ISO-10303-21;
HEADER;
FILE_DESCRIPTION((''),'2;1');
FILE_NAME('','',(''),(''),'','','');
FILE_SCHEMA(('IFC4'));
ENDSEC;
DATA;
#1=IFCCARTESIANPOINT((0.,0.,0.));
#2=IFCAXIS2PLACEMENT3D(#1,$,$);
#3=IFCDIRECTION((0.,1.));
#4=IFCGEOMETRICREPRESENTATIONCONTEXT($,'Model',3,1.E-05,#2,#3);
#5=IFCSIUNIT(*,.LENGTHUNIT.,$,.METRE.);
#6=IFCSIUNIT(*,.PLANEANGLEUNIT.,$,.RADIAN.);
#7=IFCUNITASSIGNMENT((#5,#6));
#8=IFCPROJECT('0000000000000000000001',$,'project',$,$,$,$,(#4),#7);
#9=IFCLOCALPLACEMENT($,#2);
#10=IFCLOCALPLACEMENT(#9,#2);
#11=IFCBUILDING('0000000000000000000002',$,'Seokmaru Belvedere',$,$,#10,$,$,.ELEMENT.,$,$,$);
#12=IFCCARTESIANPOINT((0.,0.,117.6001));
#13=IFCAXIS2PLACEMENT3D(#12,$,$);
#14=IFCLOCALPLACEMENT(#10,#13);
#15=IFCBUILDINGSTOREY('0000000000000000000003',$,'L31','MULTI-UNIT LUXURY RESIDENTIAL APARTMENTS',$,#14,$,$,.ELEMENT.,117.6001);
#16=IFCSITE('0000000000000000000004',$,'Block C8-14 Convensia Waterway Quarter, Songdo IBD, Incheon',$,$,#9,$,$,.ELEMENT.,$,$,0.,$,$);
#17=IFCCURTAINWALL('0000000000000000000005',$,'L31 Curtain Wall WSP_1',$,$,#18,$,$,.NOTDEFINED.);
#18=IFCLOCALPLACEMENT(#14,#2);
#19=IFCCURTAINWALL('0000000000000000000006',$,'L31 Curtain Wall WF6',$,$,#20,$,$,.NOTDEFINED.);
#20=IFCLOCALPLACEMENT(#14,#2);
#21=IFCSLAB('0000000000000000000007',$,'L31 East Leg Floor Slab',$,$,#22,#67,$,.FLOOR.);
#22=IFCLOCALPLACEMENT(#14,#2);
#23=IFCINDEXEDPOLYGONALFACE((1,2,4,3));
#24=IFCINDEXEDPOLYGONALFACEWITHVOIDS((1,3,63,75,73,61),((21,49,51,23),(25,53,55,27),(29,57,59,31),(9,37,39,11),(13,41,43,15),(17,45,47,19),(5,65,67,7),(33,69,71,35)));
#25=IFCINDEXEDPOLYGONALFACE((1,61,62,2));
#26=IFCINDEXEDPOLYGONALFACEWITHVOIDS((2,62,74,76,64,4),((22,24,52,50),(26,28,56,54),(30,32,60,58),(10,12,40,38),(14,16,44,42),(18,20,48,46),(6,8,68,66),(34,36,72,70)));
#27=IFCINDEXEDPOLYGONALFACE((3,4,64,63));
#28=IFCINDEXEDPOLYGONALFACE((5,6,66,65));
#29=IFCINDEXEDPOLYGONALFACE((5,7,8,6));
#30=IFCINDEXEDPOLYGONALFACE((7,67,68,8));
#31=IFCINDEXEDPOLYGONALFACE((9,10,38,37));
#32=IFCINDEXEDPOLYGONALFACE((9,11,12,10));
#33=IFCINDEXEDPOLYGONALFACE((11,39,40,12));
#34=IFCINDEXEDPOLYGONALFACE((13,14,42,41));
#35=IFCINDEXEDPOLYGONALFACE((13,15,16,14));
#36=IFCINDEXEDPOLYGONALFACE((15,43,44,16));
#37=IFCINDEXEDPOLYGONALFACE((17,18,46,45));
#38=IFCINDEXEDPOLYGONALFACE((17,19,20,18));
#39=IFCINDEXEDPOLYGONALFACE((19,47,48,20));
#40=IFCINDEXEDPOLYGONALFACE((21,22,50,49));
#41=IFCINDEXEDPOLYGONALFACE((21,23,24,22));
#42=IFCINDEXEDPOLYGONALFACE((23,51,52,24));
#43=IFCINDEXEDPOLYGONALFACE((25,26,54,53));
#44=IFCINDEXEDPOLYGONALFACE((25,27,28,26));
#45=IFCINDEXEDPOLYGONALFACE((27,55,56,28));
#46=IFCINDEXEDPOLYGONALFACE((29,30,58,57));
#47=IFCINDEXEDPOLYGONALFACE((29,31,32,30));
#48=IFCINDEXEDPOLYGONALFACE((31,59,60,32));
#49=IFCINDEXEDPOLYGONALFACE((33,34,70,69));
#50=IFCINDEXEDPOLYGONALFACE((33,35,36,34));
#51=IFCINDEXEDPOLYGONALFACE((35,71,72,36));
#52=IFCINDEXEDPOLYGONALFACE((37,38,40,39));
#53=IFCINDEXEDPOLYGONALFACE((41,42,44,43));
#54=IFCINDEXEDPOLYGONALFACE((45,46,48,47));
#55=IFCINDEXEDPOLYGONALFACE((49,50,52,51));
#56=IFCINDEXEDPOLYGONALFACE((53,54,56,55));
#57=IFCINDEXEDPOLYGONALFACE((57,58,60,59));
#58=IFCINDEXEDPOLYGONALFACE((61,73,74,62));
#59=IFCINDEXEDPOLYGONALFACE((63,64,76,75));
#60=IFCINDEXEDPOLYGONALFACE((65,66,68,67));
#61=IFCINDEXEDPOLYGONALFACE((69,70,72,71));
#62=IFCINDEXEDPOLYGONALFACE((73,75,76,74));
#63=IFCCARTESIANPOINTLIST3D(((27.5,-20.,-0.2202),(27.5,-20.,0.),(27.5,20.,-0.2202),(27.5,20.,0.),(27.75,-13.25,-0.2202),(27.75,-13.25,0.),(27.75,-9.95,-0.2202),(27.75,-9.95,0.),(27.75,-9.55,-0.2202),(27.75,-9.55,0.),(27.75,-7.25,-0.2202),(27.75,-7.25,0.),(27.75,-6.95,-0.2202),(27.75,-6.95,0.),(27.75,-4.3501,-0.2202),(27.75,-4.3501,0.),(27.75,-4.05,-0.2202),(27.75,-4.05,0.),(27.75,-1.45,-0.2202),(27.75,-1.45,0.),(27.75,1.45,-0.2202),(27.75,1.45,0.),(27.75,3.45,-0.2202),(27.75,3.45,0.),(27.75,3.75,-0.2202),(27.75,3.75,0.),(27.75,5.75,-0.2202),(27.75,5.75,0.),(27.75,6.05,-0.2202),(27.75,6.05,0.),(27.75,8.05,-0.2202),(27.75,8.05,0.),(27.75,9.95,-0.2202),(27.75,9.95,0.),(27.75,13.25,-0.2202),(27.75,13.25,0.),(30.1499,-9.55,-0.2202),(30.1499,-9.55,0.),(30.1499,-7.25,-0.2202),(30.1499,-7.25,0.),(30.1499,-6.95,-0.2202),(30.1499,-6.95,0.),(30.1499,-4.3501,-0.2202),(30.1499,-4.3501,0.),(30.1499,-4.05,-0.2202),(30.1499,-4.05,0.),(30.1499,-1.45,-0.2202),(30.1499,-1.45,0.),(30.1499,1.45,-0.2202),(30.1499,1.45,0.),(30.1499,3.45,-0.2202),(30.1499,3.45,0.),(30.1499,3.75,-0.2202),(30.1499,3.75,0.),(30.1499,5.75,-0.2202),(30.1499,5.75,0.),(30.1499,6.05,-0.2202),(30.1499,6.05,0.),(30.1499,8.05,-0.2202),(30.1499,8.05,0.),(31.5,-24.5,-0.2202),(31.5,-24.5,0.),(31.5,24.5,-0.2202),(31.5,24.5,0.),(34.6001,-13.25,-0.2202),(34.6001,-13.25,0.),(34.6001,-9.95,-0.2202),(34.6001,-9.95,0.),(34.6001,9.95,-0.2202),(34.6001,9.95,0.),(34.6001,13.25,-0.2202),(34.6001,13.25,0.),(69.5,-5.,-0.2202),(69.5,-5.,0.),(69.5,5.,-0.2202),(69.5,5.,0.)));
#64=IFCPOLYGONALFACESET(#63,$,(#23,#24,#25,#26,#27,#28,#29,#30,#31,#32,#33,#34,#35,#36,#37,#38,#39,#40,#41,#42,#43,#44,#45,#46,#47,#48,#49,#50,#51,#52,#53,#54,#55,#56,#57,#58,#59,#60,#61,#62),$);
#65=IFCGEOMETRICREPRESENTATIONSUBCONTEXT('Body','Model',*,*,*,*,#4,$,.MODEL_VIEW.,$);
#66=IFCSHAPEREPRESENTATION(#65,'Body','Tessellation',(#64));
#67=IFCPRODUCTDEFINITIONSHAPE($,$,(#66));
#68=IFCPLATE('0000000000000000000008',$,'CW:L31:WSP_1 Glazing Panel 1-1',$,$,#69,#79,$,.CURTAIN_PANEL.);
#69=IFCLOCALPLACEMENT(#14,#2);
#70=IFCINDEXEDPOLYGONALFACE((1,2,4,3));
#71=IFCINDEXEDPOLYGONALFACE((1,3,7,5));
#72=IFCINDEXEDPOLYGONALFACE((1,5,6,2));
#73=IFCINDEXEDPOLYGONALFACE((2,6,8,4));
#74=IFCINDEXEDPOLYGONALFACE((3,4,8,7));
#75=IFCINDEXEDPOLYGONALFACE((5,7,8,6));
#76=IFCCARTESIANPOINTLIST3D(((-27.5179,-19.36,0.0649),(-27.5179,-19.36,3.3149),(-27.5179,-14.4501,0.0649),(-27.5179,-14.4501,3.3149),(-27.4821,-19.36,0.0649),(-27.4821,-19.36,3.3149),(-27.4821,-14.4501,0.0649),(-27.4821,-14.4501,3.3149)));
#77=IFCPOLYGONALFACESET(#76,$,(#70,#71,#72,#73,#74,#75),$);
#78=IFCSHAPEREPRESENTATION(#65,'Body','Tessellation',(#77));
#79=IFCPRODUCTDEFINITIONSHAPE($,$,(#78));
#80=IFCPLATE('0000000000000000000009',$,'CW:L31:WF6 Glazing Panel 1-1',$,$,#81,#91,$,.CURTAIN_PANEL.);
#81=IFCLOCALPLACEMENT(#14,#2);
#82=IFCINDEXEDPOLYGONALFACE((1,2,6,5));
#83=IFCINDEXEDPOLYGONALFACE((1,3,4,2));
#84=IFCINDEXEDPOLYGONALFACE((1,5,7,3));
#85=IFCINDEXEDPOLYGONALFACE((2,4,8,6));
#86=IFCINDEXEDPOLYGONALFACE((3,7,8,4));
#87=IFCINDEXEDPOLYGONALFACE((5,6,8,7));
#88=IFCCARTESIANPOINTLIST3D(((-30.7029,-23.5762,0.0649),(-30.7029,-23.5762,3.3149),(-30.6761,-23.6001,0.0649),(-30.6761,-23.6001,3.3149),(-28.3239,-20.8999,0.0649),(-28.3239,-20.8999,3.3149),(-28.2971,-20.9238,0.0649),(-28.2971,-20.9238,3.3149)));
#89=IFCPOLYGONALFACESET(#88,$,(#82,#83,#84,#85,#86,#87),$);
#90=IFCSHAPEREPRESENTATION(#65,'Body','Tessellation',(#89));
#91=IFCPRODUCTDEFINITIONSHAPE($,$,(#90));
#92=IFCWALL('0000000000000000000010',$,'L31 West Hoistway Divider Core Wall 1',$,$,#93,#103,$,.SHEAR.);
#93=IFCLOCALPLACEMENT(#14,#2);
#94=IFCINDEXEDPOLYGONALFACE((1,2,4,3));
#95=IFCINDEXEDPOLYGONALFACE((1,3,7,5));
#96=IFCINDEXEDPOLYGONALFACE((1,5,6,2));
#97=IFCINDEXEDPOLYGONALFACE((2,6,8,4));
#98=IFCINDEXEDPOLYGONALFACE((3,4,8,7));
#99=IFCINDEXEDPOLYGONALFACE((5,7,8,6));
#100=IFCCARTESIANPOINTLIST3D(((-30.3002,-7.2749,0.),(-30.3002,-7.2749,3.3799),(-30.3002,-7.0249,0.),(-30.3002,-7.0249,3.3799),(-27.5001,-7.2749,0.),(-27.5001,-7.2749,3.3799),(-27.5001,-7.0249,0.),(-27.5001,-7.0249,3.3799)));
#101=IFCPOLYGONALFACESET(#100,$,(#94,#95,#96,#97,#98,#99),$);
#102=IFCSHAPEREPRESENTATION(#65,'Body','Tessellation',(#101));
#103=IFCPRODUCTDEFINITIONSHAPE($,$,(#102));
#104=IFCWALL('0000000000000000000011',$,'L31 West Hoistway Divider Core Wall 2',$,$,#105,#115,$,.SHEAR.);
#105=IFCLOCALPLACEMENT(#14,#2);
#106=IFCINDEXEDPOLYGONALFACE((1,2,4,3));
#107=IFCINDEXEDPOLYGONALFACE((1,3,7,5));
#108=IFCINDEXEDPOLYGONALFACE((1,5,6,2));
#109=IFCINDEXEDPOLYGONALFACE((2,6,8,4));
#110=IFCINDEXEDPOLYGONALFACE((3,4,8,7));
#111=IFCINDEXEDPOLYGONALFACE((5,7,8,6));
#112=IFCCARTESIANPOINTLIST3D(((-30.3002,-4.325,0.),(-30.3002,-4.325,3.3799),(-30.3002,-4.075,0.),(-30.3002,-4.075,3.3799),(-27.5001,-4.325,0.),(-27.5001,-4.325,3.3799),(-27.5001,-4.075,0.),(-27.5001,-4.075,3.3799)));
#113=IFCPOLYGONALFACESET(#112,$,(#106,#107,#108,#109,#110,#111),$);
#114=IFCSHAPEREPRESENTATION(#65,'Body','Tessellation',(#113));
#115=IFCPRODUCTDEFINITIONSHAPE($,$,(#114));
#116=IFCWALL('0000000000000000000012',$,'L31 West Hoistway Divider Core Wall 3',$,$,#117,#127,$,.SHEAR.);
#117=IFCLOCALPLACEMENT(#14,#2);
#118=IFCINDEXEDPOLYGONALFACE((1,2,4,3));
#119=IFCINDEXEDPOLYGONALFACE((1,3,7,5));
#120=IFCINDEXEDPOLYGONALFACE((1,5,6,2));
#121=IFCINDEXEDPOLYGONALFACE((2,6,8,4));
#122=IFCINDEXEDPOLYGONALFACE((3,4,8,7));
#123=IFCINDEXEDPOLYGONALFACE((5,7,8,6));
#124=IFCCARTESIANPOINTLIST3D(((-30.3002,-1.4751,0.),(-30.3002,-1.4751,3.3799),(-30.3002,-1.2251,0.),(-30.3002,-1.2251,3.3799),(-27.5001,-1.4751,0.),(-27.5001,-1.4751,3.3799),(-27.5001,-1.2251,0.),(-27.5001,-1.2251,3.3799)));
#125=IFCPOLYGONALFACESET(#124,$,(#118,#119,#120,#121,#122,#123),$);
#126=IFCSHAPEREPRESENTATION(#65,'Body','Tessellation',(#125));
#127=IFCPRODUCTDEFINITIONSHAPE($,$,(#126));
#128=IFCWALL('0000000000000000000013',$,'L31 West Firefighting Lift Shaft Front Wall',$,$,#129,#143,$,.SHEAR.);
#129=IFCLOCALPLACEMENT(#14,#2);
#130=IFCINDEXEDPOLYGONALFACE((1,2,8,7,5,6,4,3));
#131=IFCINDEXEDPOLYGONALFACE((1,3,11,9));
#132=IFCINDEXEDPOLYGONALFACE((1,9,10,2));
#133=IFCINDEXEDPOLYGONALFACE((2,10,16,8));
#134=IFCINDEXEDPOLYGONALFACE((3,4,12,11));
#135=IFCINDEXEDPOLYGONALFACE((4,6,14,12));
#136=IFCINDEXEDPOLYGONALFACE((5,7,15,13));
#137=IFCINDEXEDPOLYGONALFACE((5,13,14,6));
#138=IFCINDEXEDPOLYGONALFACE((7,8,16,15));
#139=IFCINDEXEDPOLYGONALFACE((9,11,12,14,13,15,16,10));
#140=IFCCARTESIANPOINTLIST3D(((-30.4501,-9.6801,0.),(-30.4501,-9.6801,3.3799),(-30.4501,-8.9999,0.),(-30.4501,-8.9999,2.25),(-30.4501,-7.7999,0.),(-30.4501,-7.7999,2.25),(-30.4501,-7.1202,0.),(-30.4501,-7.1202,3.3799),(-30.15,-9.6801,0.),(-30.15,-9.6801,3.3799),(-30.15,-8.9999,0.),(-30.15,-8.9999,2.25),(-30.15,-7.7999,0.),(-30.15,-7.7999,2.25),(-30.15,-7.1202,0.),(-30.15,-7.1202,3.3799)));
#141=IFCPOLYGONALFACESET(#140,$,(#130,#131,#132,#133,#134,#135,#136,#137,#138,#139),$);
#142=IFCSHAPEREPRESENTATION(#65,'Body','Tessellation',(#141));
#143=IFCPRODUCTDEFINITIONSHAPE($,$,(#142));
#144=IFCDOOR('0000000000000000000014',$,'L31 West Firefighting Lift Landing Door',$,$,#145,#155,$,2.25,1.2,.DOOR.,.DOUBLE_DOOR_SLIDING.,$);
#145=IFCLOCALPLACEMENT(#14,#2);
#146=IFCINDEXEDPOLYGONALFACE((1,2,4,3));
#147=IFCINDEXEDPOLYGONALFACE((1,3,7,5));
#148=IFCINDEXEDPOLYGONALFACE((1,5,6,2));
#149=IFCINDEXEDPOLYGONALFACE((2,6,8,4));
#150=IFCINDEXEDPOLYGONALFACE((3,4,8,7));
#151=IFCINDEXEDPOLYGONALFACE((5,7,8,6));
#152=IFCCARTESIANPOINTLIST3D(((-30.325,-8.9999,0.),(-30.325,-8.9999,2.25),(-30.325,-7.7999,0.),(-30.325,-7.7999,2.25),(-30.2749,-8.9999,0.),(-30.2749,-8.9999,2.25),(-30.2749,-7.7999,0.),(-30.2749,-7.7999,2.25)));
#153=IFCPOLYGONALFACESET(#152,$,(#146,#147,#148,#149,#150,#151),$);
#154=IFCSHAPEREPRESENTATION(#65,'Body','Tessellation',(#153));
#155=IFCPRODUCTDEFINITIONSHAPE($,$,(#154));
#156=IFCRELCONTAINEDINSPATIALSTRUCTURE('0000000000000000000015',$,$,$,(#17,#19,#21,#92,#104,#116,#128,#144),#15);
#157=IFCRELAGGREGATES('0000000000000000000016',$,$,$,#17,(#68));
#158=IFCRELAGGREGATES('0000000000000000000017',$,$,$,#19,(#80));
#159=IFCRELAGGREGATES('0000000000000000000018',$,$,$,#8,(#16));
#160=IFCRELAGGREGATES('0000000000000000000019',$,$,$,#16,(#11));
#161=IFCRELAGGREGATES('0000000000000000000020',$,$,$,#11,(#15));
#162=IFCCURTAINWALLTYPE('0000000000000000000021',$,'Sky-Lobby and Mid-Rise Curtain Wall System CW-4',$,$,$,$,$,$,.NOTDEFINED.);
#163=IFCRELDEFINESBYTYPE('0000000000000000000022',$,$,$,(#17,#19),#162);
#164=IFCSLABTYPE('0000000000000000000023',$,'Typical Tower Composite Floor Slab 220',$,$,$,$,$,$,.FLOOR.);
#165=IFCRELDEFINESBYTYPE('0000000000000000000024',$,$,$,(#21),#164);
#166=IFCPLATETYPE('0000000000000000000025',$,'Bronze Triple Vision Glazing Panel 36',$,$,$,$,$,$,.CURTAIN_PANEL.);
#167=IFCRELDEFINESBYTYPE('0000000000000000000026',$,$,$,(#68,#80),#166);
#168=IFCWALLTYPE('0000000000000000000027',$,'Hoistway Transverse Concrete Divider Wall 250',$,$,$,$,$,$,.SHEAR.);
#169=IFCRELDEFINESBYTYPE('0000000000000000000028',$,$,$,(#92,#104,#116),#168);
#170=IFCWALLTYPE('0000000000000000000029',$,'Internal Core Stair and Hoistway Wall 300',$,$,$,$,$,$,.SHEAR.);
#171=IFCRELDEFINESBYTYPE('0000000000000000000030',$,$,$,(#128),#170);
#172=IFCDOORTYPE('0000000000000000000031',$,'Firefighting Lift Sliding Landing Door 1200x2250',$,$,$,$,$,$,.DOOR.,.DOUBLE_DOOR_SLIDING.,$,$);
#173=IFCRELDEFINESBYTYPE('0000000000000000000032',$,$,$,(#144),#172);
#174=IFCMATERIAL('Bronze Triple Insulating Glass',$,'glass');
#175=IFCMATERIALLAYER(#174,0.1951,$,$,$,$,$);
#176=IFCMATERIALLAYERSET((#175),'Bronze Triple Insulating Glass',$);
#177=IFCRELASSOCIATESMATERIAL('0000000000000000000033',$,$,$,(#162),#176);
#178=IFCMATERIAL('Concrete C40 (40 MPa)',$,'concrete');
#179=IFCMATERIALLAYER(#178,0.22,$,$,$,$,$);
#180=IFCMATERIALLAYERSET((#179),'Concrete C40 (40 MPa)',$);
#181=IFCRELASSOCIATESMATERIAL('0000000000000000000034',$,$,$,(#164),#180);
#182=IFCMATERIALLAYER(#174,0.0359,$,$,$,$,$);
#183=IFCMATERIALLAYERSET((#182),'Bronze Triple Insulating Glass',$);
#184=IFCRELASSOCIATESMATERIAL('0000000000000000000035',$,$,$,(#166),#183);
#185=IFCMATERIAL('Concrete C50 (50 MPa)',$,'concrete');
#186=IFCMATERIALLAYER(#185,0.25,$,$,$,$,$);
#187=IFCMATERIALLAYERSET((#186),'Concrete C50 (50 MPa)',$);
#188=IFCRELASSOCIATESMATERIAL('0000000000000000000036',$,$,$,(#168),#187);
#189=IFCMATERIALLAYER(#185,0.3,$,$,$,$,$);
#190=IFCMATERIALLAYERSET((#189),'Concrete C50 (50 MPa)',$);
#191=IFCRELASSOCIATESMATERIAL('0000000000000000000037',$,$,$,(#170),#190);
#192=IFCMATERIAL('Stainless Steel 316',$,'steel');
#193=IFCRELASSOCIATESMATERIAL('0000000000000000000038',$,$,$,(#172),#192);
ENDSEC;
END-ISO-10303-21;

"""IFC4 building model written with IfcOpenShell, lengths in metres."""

from ifc_helpers import new_model, si_unit, direction, frame, frame_2d, origin, origin_2d, place, context, subcontext, project, spatial, polyline, rectangle, outline, extrude, source, transform, mapped, material, layer, layer_set, type_object, type_shapes, element, fill, aggregate, save


model = new_model("IFC4")

# Units and contexts
model_context = context("Model", 3, precision=1e-05, world=origin(), true_north=direction((0.0, 1.0)))
body_context = subcontext(model_context, "Body", "Model", "MODEL_VIEW")
ifc_project = project(units=[si_unit("LENGTHUNIT", "METRE"), si_unit("PLANEANGLEUNIT", "RADIAN")], contexts=[model_context])

# Site, building, storey
site_placement = place(None, origin())
site = spatial("IfcSite", under=ifc_project, at=site_placement, Name="Block C8-14 Convensia Waterway Quarter, Songdo IBD, Incheon", CompositionType="ELEMENT", RefElevation=0.0)
building_placement = place(site_placement, origin())
building = spatial("IfcBuilding", under=site, at=building_placement, Name="Seokmaru Belvedere", CompositionType="ELEMENT")
storey_placement = place(building_placement, frame((0.0, 0.0, 117.6001)))
storey = spatial("IfcBuildingStorey", under=building, at=storey_placement, Name="L31", Description="MULTI-UNIT LUXURY RESIDENTIAL APARTMENTS", CompositionType="ELEMENT", Elevation=117.6001)

# Curtain wall
ifc_material_1 = material(Name="Bronze Triple Insulating Glass", Category="glass")
ifc_layer_1 = layer(ifc_material_1, 0.1951)
ifc_layer_set_1 = layer_set([ifc_layer_1], Name="Bronze Triple Insulating Glass")
curtain_wall_type = type_object("IfcCurtainWallType", Name="Sky-Lobby and Mid-Rise Curtain Wall System CW-4", PredefinedType="NOTDEFINED", material=ifc_layer_set_1)
curtain_wall_1_placement = place(storey_placement, origin())
curtain_wall_1 = element("IfcCurtainWall", 1, at=curtain_wall_1_placement, inside=storey, type_object=curtain_wall_type, Name="L31 Curtain Wall WSP_1", PredefinedType="NOTDEFINED")

# Curtain wall
curtain_wall_2_placement = place(storey_placement, origin())
curtain_wall_2 = element("IfcCurtainWall", 2, at=curtain_wall_2_placement, inside=storey, type_object=curtain_wall_type, Name="L31 Curtain Wall WF6", PredefinedType="NOTDEFINED")

# Shared definitions
ifc_material_2 = material(Name="Concrete C40 (40 MPa)", Category="concrete")

# Slab
ifc_layer_2 = layer(ifc_material_2, 0.22)
ifc_layer_set_2 = layer_set([ifc_layer_2], Name="Concrete C40 (40 MPa)")
slab_type_1 = type_object("IfcSlabType", Name="Typical Tower Composite Floor Slab 220", PredefinedType="FLOOR", material=ifc_layer_set_2)
slab_1_placement = place(storey_placement, frame((0.0, 0.0, -0.2202)))
element("IfcSlab", 3, at=slab_1_placement, inside=storey, type_object=slab_type_1, Name="L31 East Leg Floor Slab", PredefinedType="FLOOR", context=body_context, shape_type="SweptSolid", body=[
    extrude(outline(polyline([(31.5, -24.5), (69.5, -5.0), (69.5, 5.0), (31.5, 24.5), (27.5, 20.0), (27.5, -20.0), (31.5, -24.5)]), holes=[polyline([(27.75, -13.25), (34.6001, -13.25), (34.6001, -9.95), (27.75, -9.95), (27.75, -13.25)]), polyline([(27.75, 9.95), (34.6001, 9.95), (34.6001, 13.25), (27.75, 13.25), (27.75, 9.95)]), polyline([(27.75, -9.55), (30.1499, -9.55), (30.1499, -7.25), (27.75, -7.25), (27.75, -9.55)]), polyline([(27.75, -6.95), (30.1499, -6.95), (30.1499, -4.3501), (27.75, -4.3501), (27.75, -6.95)]), polyline([(27.75, -4.05), (30.1499, -4.05), (30.1499, -1.45), (27.75, -1.45), (27.75, -4.05)]), polyline([(27.75, 1.45), (30.1499, 1.45), (30.1499, 3.45), (27.75, 3.45), (27.75, 1.45)]), polyline([(27.75, 3.75), (30.1499, 3.75), (30.1499, 5.75), (27.75, 5.75), (27.75, 3.75)]), polyline([(27.75, 6.05), (30.1499, 6.05), (30.1499, 8.05), (27.75, 8.05), (27.75, 6.05)])]), origin(), (0.0, 0.0, 1.0), 0.2202),
])

# Plates
ifc_layer_3 = layer(ifc_material_1, 0.0359)
ifc_layer_set_3 = layer_set([ifc_layer_3], Name="Bronze Triple Insulating Glass")
plate_type = type_object("IfcPlateType", Name="Bronze Triple Vision Glazing Panel 36", PredefinedType="CURTAIN_PANEL", material=ifc_layer_set_3)
shared_shape_1 = source(origin(), body_context, "Body", "SweptSolid", [
    extrude(rectangle(XDim=4.9099, YDim=0.0359, at=origin_2d()), origin(), (0.0, 0.0, 1.0), 3.25),
])
plate_1_placement = place(storey_placement, frame((-27.5, -16.905, 0.0649), z_axis=(0.0, 0.0, 1.0), x_axis=(0.0, 1.0, 0.0)))
plate_1 = element("IfcPlate", 4, at=plate_1_placement, type_object=plate_type, Name="CW:L31:WSP_1 Glazing Panel 1-1", PredefinedType="CURTAIN_PANEL", context=body_context, shape_type="MappedRepresentation", body=[
    mapped(shared_shape_1, transform((0.0, 0.0, 0.0), scale=1.0)),
])
aggregate(curtain_wall_1, [plate_1])
shared_shape_2 = source(origin(), body_context, "Body", "SweptSolid", [
    extrude(rectangle(XDim=3.5808, YDim=0.0359, at=origin_2d()), origin(), (0.0, 0.0, 1.0), 3.25),
])
type_shapes(plate_type, [shared_shape_1, shared_shape_2])
plate_2_placement = place(storey_placement, frame((-29.5, -22.25, 0.0649), z_axis=(0.0, 0.0, 1.0), x_axis=(0.664363, 0.74741, 0.0)))
plate_2 = element("IfcPlate", 5, at=plate_2_placement, type_object=plate_type, Name="CW:L31:WF6 Glazing Panel 1-1", PredefinedType="CURTAIN_PANEL", context=body_context, shape_type="MappedRepresentation", body=[
    mapped(shared_shape_2, transform((0.0, 0.0, 0.0), scale=1.0)),
])
aggregate(curtain_wall_2, [plate_2])

# Walls
ifc_material_3 = material(Name="Concrete C50 (50 MPa)", Category="concrete")
ifc_layer_4 = layer(ifc_material_3, 0.25)
ifc_layer_set_4 = layer_set([ifc_layer_4], Name="Concrete C50 (50 MPa)")
wall_type_1 = type_object("IfcWallType", Name="Hoistway Transverse Concrete Divider Wall 250", PredefinedType="SHEAR", material=ifc_layer_set_4)
for number, where, z_axis, x_axis, name in (
    (6, (-30.3, -7.1499, 0.0), (0.0, 0.0, 1.0), (1.0, 0.0, 0.0), "L31 West Hoistway Divider Core Wall 1"),
    (7, (-30.3, -4.2, 0.0), (0.0, 0.0, 1.0), (1.0, 0.0, 0.0), "L31 West Hoistway Divider Core Wall 2"),
    (8, (-30.3, -1.3501, 0.0), (0.0, 0.0, 1.0), (1.0, 0.0, 0.0), "L31 West Hoistway Divider Core Wall 3"),
):
    element("IfcWall", number, at=place(storey_placement, frame(where, z_axis=z_axis, x_axis=x_axis)), inside=storey, type_object=wall_type_1, Name=name, PredefinedType="SHEAR", context=body_context, shape_type="SweptSolid", body=[
        extrude(rectangle(XDim=2.8, YDim=0.25, at=frame_2d((1.3999, 0.0))), origin(), (0.0, 0.0, 1.0), 3.3799),
    ])

# Wall, opening, door
ifc_layer_5 = layer(ifc_material_3, 0.3)
ifc_layer_set_5 = layer_set([ifc_layer_5], Name="Concrete C50 (50 MPa)")
wall_type_2 = type_object("IfcWallType", Name="Internal Core Stair and Hoistway Wall 300", PredefinedType="SHEAR", material=ifc_layer_set_5)
wall_1_placement = place(storey_placement, frame((-30.3, -9.6799, 0.0), z_axis=(0.0, 0.0, 1.0), x_axis=(0.0, 1.0, 0.0)))
wall_1 = element("IfcWall", 9, at=wall_1_placement, inside=storey, type_object=wall_type_2, Name="L31 West Firefighting Lift Shaft Front Wall", PredefinedType="SHEAR", context=body_context, shape_type="SweptSolid", body=[
    extrude(rectangle(XDim=2.5598, YDim=0.3, at=frame_2d((1.2798, 0.0))), origin(), (0.0, 0.0, 1.0), 3.3799),
])
opening_1_placement = place(wall_1_placement, frame((0.6799, 0.0, 0.0)))
opening_1 = element("IfcOpeningElement", 10, at=opening_1_placement, cuts=wall_1, PredefinedType="OPENING", context=body_context, shape_type="SweptSolid", body=[
    extrude(rectangle(XDim=1.2, YDim=2.25, at=frame_2d((0.6001, 1.125))), frame((0.0, 0.1602, 0.0), z_axis=(0.0, -1.0, 0.0), x_axis=(1.0, 0.0, 0.0)), (0.0, 0.0, 1.0), 0.3201),
])
ifc_material_4 = material(Name="Stainless Steel 316", Category="steel")
door_type_1 = type_object("IfcDoorType", Name="Firefighting Lift Sliding Landing Door 1200x2250", OperationType="DOUBLE_DOOR_SLIDING", PredefinedType="DOOR", material=ifc_material_4)
shared_shape_3 = source(origin(), body_context, "Body", "SweptSolid", [
    extrude(rectangle(XDim=1.2, YDim=2.25, at=frame_2d((0.6001, 1.125))), frame((0.0, 0.0249, 0.0), z_axis=(0.0, -1.0, 0.0), x_axis=(1.0, 0.0, 0.0)), (0.0, 0.0, 1.0), 0.05),
])
type_shapes(door_type_1, [shared_shape_3])
door_1_placement = place(opening_1_placement, origin())
door_1 = element("IfcDoor", 11, at=door_1_placement, inside=storey, type_object=door_type_1, Name="L31 West Firefighting Lift Landing Door", OperationType="DOUBLE_DOOR_SLIDING", OverallHeight=2.25, OverallWidth=1.2, PredefinedType="DOOR", context=body_context, shape_type="MappedRepresentation", body=[
    mapped(shared_shape_3, transform((0.0, 0.0, 0.0), scale=1.0)),
])
fill(opening_1, door_1)

save(model, "model.ifc")
